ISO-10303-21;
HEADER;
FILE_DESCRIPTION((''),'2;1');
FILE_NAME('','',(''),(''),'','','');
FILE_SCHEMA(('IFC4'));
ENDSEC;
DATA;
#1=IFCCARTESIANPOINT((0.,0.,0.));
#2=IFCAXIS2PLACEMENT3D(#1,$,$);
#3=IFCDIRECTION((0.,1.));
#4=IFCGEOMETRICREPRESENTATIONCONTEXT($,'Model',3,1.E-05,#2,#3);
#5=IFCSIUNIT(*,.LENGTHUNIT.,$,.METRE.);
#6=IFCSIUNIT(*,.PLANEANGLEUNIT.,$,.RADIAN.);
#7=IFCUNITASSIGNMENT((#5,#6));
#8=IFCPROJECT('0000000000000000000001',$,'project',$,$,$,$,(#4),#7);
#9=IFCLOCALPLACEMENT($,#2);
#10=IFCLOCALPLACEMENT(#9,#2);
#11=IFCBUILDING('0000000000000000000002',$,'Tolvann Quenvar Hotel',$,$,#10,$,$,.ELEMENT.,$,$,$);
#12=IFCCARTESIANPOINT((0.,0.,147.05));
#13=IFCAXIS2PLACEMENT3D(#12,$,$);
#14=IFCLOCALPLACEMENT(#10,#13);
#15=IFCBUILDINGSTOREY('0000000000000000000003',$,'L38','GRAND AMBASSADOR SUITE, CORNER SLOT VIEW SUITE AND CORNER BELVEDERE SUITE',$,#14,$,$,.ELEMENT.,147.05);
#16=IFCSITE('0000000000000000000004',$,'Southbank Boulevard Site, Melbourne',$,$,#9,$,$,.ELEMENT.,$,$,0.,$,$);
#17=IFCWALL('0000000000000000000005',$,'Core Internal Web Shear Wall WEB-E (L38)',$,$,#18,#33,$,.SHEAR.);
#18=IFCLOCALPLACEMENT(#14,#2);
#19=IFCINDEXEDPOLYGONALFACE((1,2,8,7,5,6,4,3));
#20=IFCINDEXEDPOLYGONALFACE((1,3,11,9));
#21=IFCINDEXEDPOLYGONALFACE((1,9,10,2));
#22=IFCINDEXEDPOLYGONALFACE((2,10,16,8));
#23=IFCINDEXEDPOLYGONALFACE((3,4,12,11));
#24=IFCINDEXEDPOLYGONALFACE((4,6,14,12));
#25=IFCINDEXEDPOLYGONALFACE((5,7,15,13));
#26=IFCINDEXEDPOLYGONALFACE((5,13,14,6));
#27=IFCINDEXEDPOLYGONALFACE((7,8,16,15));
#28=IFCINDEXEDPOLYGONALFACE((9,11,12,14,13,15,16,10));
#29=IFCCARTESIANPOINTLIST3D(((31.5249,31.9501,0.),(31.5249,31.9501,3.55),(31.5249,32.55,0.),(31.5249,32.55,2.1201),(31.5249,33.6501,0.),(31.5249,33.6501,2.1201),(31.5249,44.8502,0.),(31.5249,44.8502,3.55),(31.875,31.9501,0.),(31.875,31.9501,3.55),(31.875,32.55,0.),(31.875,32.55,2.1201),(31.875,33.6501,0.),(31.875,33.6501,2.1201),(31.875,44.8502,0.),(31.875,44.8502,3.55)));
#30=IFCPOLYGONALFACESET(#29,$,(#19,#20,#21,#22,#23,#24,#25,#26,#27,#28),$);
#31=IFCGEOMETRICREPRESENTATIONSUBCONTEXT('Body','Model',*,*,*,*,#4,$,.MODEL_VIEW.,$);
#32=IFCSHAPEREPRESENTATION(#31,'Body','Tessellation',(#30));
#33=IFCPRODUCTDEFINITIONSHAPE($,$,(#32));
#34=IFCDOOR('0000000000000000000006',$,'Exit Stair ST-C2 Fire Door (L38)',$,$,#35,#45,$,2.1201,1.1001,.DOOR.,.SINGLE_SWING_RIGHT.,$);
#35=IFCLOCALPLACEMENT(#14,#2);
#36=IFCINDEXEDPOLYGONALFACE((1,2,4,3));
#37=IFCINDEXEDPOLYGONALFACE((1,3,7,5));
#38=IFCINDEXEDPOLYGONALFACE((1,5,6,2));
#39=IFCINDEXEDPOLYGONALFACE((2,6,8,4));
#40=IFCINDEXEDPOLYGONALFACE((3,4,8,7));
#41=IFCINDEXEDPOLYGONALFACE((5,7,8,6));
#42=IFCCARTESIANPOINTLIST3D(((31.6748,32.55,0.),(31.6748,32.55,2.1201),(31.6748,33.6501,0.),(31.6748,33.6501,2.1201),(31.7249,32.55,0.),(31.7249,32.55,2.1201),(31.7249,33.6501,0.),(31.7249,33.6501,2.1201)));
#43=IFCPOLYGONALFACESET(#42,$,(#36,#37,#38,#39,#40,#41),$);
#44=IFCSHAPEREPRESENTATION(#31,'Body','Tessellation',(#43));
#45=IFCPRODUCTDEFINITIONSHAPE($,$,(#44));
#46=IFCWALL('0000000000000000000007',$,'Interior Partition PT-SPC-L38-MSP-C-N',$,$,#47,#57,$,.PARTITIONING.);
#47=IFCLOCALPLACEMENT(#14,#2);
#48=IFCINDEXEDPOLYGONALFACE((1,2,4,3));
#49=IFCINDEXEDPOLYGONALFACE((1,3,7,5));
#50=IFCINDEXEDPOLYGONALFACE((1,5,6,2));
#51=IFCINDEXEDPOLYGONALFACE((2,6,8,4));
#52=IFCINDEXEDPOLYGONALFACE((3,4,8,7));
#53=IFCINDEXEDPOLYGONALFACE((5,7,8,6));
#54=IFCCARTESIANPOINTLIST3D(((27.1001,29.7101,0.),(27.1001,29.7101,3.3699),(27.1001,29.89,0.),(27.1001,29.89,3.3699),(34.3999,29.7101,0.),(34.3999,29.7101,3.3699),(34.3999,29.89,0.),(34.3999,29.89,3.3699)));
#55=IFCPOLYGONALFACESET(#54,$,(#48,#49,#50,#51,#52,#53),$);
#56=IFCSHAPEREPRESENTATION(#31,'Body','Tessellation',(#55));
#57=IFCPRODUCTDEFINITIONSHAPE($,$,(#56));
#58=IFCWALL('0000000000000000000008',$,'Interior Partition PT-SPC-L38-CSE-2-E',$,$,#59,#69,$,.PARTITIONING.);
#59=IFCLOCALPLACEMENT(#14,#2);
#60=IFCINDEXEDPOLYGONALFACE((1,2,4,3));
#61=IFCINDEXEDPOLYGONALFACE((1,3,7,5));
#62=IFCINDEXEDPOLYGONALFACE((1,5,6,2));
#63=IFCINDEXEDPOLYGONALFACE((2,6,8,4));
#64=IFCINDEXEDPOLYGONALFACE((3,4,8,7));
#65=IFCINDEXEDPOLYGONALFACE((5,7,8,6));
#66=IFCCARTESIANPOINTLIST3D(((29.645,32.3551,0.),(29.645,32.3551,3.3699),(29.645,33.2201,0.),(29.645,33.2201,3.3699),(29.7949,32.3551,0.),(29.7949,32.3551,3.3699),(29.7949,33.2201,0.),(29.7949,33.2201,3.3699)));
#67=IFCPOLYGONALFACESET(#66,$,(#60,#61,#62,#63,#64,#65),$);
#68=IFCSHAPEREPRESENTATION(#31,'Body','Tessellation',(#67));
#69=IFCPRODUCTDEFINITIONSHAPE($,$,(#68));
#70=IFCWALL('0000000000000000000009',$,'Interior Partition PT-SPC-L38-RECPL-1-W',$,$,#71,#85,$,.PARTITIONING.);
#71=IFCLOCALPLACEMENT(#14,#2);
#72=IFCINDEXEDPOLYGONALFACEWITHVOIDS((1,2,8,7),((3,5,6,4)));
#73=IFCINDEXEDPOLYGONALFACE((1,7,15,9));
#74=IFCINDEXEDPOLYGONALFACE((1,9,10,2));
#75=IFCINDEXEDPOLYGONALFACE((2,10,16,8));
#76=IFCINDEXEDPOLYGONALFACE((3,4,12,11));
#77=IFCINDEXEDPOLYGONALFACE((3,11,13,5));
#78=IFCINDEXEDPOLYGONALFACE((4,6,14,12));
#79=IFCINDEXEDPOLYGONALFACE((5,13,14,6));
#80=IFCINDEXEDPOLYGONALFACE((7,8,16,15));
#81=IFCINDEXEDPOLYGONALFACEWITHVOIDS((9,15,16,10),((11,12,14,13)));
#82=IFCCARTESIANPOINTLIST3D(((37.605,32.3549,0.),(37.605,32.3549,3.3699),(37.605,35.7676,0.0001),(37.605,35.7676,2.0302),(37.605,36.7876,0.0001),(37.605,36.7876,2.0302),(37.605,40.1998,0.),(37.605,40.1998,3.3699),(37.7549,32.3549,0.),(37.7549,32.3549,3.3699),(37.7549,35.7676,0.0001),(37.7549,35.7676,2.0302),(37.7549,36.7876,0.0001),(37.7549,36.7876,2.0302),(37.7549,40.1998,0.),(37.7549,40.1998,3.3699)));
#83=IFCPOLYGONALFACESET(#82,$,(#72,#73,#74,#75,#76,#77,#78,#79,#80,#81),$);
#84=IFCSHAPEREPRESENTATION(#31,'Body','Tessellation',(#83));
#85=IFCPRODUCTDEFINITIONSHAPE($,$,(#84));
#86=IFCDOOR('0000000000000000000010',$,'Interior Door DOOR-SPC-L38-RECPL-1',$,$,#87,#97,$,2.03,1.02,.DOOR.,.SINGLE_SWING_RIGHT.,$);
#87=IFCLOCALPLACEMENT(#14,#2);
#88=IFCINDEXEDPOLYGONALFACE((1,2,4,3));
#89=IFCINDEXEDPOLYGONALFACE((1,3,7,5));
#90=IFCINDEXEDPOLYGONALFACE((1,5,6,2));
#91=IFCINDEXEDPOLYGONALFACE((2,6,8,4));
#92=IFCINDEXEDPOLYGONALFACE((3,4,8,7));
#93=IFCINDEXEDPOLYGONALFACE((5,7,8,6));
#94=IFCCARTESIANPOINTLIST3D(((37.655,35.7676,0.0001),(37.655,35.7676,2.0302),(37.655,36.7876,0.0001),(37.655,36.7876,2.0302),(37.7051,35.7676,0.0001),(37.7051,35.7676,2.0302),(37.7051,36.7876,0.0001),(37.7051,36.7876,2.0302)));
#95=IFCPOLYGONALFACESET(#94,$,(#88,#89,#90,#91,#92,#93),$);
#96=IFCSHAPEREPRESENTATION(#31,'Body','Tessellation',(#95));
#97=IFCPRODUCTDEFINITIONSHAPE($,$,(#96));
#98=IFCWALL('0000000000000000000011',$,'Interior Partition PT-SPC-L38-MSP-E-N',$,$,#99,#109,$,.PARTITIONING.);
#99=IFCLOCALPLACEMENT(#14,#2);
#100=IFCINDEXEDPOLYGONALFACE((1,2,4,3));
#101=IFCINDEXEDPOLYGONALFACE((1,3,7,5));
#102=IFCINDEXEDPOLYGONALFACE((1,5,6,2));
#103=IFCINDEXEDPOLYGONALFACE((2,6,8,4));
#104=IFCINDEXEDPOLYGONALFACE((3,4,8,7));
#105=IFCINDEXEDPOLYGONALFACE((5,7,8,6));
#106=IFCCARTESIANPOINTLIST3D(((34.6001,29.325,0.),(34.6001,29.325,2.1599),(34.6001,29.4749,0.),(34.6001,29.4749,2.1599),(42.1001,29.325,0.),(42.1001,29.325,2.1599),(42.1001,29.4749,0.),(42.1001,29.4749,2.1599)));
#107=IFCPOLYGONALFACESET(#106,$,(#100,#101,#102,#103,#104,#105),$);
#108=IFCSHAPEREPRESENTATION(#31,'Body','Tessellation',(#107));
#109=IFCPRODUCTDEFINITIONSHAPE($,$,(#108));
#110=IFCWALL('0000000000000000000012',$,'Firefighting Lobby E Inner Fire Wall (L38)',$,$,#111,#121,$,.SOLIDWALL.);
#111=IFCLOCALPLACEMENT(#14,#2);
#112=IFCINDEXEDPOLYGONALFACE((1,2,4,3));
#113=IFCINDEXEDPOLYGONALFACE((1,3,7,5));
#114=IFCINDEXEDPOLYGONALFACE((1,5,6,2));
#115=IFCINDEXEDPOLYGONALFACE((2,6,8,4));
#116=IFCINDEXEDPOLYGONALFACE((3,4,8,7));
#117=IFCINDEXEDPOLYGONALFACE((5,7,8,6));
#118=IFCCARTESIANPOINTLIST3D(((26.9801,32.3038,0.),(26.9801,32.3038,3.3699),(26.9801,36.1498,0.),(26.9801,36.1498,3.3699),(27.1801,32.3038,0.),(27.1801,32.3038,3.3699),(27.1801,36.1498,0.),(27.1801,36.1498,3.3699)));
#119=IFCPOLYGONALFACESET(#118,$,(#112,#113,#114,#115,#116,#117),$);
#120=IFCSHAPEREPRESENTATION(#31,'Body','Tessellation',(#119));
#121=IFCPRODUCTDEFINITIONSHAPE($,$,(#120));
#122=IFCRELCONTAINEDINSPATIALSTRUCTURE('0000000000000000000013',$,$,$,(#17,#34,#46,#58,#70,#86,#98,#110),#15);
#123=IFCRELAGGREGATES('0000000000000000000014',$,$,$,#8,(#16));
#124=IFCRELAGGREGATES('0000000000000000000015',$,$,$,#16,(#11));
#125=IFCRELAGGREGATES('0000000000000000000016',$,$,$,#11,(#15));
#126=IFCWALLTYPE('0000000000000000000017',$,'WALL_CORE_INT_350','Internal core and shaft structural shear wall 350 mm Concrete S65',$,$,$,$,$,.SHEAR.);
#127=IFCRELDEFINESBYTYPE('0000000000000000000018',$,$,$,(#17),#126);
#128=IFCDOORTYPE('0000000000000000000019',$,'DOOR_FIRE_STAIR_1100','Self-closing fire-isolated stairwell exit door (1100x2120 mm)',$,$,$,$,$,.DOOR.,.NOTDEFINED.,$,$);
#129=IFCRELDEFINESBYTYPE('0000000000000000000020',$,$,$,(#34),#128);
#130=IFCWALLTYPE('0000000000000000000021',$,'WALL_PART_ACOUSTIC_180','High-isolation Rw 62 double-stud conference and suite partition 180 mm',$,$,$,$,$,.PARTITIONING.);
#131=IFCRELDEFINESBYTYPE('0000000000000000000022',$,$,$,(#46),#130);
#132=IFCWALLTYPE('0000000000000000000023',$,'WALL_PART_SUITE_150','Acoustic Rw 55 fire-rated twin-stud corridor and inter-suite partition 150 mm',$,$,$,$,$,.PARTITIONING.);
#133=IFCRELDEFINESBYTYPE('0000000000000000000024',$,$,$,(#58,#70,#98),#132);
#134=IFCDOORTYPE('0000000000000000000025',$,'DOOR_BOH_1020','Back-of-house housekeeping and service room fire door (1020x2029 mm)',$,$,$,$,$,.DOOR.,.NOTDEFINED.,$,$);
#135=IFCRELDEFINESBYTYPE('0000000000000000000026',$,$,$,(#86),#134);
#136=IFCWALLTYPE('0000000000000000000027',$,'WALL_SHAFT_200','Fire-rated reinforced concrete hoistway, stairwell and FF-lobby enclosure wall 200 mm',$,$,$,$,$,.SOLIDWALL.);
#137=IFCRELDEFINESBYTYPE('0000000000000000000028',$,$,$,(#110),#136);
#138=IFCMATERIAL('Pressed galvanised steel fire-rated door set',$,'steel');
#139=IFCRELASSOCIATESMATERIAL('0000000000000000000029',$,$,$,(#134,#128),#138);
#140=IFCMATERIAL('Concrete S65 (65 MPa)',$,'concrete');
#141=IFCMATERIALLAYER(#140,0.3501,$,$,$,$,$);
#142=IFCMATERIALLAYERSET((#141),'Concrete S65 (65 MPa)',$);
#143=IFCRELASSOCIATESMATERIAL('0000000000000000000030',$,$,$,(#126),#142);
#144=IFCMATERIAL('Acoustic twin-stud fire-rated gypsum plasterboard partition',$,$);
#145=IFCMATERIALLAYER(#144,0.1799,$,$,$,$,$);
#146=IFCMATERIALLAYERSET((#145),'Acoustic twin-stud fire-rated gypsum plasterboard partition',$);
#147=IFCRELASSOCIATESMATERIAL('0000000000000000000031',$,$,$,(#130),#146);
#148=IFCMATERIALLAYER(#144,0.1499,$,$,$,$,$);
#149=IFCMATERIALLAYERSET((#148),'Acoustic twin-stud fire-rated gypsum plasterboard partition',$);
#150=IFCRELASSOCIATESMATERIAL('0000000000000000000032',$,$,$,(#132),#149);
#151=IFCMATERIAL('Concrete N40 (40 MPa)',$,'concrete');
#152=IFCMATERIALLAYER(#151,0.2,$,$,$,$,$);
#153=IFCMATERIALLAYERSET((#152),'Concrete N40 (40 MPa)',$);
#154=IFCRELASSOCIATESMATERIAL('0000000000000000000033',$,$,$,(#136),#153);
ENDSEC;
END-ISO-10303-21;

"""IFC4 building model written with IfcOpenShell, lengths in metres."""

from ifc_helpers import new_model, si_unit, direction, frame, frame_2d, origin, place, context, subcontext, project, spatial, rectangle, extrude, source, transform, mapped, material, layer, layer_set, type_object, type_shapes, element, fill, save


model = new_model("IFC4")

# Units and contexts
model_context = context("Model", 3, precision=1e-05, world=origin(), true_north=direction((0.0, 1.0)))
body_context = subcontext(model_context, "Body", "Model", "MODEL_VIEW")
ifc_project = project(units=[si_unit("LENGTHUNIT", "METRE"), si_unit("PLANEANGLEUNIT", "RADIAN")], contexts=[model_context])

# Site, building, storey
site_placement = place(None, origin())
site = spatial("IfcSite", under=ifc_project, at=site_placement, Name="Southbank Boulevard Site, Melbourne", CompositionType="ELEMENT", RefElevation=0.0)
building_placement = place(site_placement, origin())
building = spatial("IfcBuilding", under=site, at=building_placement, Name="Tolvann Quenvar Hotel", CompositionType="ELEMENT")
storey_placement = place(building_placement, frame((0.0, 0.0, 147.05)))
storey = spatial("IfcBuildingStorey", under=building, at=storey_placement, Name="L38", Description="GRAND AMBASSADOR SUITE, CORNER SLOT VIEW SUITE AND CORNER BELVEDERE SUITE", CompositionType="ELEMENT", Elevation=147.05)

# Shared definitions
ifc_material_1 = material(Name="Concrete S65 (65 MPa)", Category="concrete")

# Wall, opening, door
ifc_material_2 = material(Name="Pressed galvanised steel fire-rated door set", Category="steel")
door_type_1 = type_object("IfcDoorType", Name="DOOR_BOH_1020", Description="Back-of-house housekeeping and service room fire door (1020x2029 mm)", OperationType="NOTDEFINED", PredefinedType="DOOR", material=ifc_material_2)
shared_shape_1 = source(origin(), body_context, "Body", "SweptSolid", [
    extrude(rectangle(XDim=1.02, YDim=2.03, at=frame_2d((0.51, 1.0151))), frame((0.0, 0.0249, 0.0), z_axis=(0.0, -1.0, 0.0), x_axis=(1.0, 0.0, 0.0)), (0.0, 0.0, 1.0), 0.05),
])
type_shapes(door_type_1, [shared_shape_1])
ifc_layer_1 = layer(ifc_material_1, 0.3501)
ifc_layer_set_1 = layer_set([ifc_layer_1], Name="Concrete S65 (65 MPa)")
wall_type_1 = type_object("IfcWallType", Name="WALL_CORE_INT_350", Description="Internal core and shaft structural shear wall 350 mm Concrete S65", PredefinedType="SHEAR", material=ifc_layer_set_1)
wall_1_placement = place(storey_placement, frame((31.7, 31.95, 0.0), z_axis=(0.0, 0.0, 1.0), x_axis=(0.0, 1.0, 0.0)))
wall_1 = element("IfcWall", 1, at=wall_1_placement, inside=storey, type_object=wall_type_1, Name="Core Internal Web Shear Wall WEB-E (L38)", PredefinedType="SHEAR", context=body_context, shape_type="SweptSolid", body=[
    extrude(rectangle(XDim=12.9001, YDim=0.3501, at=frame_2d((6.4502, 0.0))), origin(), (0.0, 0.0, 1.0), 3.55),
])
opening_1_placement = place(wall_1_placement, frame((1.7002, 0.0, 0.0), z_axis=(0.0, 0.0, 1.0), x_axis=(-1.0, 0.0, 0.0)))
opening_1 = element("IfcOpeningElement", 2, at=opening_1_placement, cuts=wall_1, PredefinedType="OPENING", context=body_context, shape_type="SweptSolid", body=[
    extrude(rectangle(XDim=1.1001, YDim=2.1201, at=frame_2d((0.55, 1.0601))), frame((0.0, 0.1851, 0.0), z_axis=(0.0, -1.0, 0.0), x_axis=(1.0, 0.0, 0.0)), (0.0, 0.0, 1.0), 0.3701),
])
door_type_2 = type_object("IfcDoorType", Name="DOOR_FIRE_STAIR_1100", Description="Self-closing fire-isolated stairwell exit door (1100x2120 mm)", OperationType="NOTDEFINED", PredefinedType="DOOR", material=ifc_material_2)
shared_shape_2 = source(origin(), body_context, "Body", "SweptSolid", [
    extrude(rectangle(XDim=1.1001, YDim=2.1201, at=frame_2d((0.55, 1.0601))), frame((0.0, 0.0249, 0.0), z_axis=(0.0, -1.0, 0.0), x_axis=(1.0, 0.0, 0.0)), (0.0, 0.0, 1.0), 0.05),
])
type_shapes(door_type_2, [shared_shape_2])
door_1_placement = place(opening_1_placement, origin())
door_1 = element("IfcDoor", 3, at=door_1_placement, inside=storey, type_object=door_type_2, Name="Exit Stair ST-C2 Fire Door (L38)", OperationType="SINGLE_SWING_RIGHT", OverallHeight=2.1201, OverallWidth=1.1001, PredefinedType="DOOR", context=body_context, shape_type="MappedRepresentation", body=[
    mapped(shared_shape_2, transform((0.0, 0.0, 0.0), x_axis=(1.0, 0.0, 0.0), y_axis=(0.0, 1.0, 0.0), z_axis=(0.0, 0.0, 1.0), scale=1.0)),
])
fill(opening_1, door_1)

# Walls
ifc_material_3 = material(Name="Acoustic twin-stud fire-rated gypsum plasterboard partition")
ifc_layer_2 = layer(ifc_material_3, 0.1799)
ifc_layer_set_2 = layer_set([ifc_layer_2], Name="Acoustic twin-stud fire-rated gypsum plasterboard partition")
wall_type_2 = type_object("IfcWallType", Name="WALL_PART_ACOUSTIC_180", Description="High-isolation Rw 62 double-stud conference and suite partition 180 mm", PredefinedType="PARTITIONING", material=ifc_layer_set_2)
wall_2_placement = place(storey_placement, frame((27.1001, 29.8, 0.0), z_axis=(0.0, 0.0, 1.0), x_axis=(1.0, 0.0, 0.0)))
element("IfcWall", 4, at=wall_2_placement, inside=storey, type_object=wall_type_2, Name="Interior Partition PT-SPC-L38-MSP-C-N", PredefinedType="PARTITIONING", context=body_context, shape_type="SweptSolid", body=[
    extrude(rectangle(XDim=7.2998, YDim=0.1799, at=frame_2d((3.6499, 0.0))), origin(), (0.0, 0.0, 1.0), 3.3699),
])
ifc_layer_3 = layer(ifc_material_3, 0.1499)
ifc_layer_set_3 = layer_set([ifc_layer_3], Name="Acoustic twin-stud fire-rated gypsum plasterboard partition")
wall_type_3 = type_object("IfcWallType", Name="WALL_PART_SUITE_150", Description="Acoustic Rw 55 fire-rated twin-stud corridor and inter-suite partition 150 mm", PredefinedType="PARTITIONING", material=ifc_layer_set_3)
wall_3_placement = place(storey_placement, frame((29.72, 32.355, 0.0), z_axis=(0.0, 0.0, 1.0), x_axis=(0.0, 1.0, 0.0)))
element("IfcWall", 5, at=wall_3_placement, inside=storey, type_object=wall_type_3, Name="Interior Partition PT-SPC-L38-CSE-2-E", PredefinedType="PARTITIONING", context=body_context, shape_type="SweptSolid", body=[
    extrude(rectangle(XDim=0.865, YDim=0.1499, at=frame_2d((0.4326, 0.0))), origin(), (0.0, 0.0, 1.0), 3.3699),
])

# Wall, opening, door
wall_4_placement = place(storey_placement, frame((37.6799, 32.355, 0.0), z_axis=(0.0, 0.0, 1.0), x_axis=(0.0, 1.0, 0.0)))
wall_4 = element("IfcWall", 6, at=wall_4_placement, inside=storey, type_object=wall_type_3, Name="Interior Partition PT-SPC-L38-RECPL-1-W", PredefinedType="PARTITIONING", context=body_context, shape_type="SweptSolid", body=[
    extrude(rectangle(XDim=7.845, YDim=0.1499, at=frame_2d((3.9224, 0.0))), origin(), (0.0, 0.0, 1.0), 3.3699),
])
opening_2_placement = place(wall_4_placement, frame((3.4126, 0.0, 0.0)))
opening_2 = element("IfcOpeningElement", 7, at=opening_2_placement, cuts=wall_4, PredefinedType="OPENING", context=body_context, shape_type="SweptSolid", body=[
    extrude(rectangle(XDim=1.02, YDim=2.03, at=frame_2d((0.51, 1.0151))), frame((0.0, 0.085, 0.0), z_axis=(0.0, -1.0, 0.0), x_axis=(1.0, 0.0, 0.0)), (0.0, 0.0, 1.0), 0.1699),
])
door_2_placement = place(opening_2_placement, origin())
door_2 = element("IfcDoor", 8, at=door_2_placement, inside=storey, type_object=door_type_1, Name="Interior Door DOOR-SPC-L38-RECPL-1", OperationType="SINGLE_SWING_RIGHT", OverallHeight=2.03, OverallWidth=1.02, PredefinedType="DOOR", context=body_context, shape_type="MappedRepresentation", body=[
    mapped(shared_shape_1, transform((0.0, 0.0, 0.0), x_axis=(1.0, 0.0, 0.0), y_axis=(0.0, 1.0, 0.0), z_axis=(0.0, 0.0, 1.0), scale=1.0)),
])
fill(opening_2, door_2)

# Walls
wall_5_placement = place(storey_placement, frame((34.6001, 29.3999, 0.0), z_axis=(0.0, 0.0, 1.0), x_axis=(1.0, 0.0, 0.0)))
element("IfcWall", 9, at=wall_5_placement, inside=storey, type_object=wall_type_3, Name="Interior Partition PT-SPC-L38-MSP-E-N", PredefinedType="PARTITIONING", context=body_context, shape_type="SweptSolid", body=[
    extrude(rectangle(XDim=7.5, YDim=0.1499, at=frame_2d((3.75, 0.0))), origin(), (0.0, 0.0, 1.0), 2.1599),
])
ifc_material_4 = material(Name="Concrete N40 (40 MPa)", Category="concrete")
ifc_layer_4 = layer(ifc_material_4, 0.2)
ifc_layer_set_4 = layer_set([ifc_layer_4], Name="Concrete N40 (40 MPa)")
wall_type_4 = type_object("IfcWallType", Name="WALL_SHAFT_200", Description="Fire-rated reinforced concrete hoistway, stairwell and FF-lobby enclosure wall 200 mm", PredefinedType="SOLIDWALL", material=ifc_layer_set_4)
wall_6_placement = place(storey_placement, frame((27.0801, 32.304, 0.0), z_axis=(0.0, 0.0, 1.0), x_axis=(0.0, 1.0, 0.0)))
element("IfcWall", 10, at=wall_6_placement, inside=storey, type_object=wall_type_4, Name="Firefighting Lobby E Inner Fire Wall (L38)", PredefinedType="SOLIDWALL", context=body_context, shape_type="SweptSolid", body=[
    extrude(rectangle(XDim=3.8459, YDim=0.2, at=frame_2d((1.9229, 0.0))), origin(), (0.0, 0.0, 1.0), 3.3699),
])

save(model, "model.ifc")
